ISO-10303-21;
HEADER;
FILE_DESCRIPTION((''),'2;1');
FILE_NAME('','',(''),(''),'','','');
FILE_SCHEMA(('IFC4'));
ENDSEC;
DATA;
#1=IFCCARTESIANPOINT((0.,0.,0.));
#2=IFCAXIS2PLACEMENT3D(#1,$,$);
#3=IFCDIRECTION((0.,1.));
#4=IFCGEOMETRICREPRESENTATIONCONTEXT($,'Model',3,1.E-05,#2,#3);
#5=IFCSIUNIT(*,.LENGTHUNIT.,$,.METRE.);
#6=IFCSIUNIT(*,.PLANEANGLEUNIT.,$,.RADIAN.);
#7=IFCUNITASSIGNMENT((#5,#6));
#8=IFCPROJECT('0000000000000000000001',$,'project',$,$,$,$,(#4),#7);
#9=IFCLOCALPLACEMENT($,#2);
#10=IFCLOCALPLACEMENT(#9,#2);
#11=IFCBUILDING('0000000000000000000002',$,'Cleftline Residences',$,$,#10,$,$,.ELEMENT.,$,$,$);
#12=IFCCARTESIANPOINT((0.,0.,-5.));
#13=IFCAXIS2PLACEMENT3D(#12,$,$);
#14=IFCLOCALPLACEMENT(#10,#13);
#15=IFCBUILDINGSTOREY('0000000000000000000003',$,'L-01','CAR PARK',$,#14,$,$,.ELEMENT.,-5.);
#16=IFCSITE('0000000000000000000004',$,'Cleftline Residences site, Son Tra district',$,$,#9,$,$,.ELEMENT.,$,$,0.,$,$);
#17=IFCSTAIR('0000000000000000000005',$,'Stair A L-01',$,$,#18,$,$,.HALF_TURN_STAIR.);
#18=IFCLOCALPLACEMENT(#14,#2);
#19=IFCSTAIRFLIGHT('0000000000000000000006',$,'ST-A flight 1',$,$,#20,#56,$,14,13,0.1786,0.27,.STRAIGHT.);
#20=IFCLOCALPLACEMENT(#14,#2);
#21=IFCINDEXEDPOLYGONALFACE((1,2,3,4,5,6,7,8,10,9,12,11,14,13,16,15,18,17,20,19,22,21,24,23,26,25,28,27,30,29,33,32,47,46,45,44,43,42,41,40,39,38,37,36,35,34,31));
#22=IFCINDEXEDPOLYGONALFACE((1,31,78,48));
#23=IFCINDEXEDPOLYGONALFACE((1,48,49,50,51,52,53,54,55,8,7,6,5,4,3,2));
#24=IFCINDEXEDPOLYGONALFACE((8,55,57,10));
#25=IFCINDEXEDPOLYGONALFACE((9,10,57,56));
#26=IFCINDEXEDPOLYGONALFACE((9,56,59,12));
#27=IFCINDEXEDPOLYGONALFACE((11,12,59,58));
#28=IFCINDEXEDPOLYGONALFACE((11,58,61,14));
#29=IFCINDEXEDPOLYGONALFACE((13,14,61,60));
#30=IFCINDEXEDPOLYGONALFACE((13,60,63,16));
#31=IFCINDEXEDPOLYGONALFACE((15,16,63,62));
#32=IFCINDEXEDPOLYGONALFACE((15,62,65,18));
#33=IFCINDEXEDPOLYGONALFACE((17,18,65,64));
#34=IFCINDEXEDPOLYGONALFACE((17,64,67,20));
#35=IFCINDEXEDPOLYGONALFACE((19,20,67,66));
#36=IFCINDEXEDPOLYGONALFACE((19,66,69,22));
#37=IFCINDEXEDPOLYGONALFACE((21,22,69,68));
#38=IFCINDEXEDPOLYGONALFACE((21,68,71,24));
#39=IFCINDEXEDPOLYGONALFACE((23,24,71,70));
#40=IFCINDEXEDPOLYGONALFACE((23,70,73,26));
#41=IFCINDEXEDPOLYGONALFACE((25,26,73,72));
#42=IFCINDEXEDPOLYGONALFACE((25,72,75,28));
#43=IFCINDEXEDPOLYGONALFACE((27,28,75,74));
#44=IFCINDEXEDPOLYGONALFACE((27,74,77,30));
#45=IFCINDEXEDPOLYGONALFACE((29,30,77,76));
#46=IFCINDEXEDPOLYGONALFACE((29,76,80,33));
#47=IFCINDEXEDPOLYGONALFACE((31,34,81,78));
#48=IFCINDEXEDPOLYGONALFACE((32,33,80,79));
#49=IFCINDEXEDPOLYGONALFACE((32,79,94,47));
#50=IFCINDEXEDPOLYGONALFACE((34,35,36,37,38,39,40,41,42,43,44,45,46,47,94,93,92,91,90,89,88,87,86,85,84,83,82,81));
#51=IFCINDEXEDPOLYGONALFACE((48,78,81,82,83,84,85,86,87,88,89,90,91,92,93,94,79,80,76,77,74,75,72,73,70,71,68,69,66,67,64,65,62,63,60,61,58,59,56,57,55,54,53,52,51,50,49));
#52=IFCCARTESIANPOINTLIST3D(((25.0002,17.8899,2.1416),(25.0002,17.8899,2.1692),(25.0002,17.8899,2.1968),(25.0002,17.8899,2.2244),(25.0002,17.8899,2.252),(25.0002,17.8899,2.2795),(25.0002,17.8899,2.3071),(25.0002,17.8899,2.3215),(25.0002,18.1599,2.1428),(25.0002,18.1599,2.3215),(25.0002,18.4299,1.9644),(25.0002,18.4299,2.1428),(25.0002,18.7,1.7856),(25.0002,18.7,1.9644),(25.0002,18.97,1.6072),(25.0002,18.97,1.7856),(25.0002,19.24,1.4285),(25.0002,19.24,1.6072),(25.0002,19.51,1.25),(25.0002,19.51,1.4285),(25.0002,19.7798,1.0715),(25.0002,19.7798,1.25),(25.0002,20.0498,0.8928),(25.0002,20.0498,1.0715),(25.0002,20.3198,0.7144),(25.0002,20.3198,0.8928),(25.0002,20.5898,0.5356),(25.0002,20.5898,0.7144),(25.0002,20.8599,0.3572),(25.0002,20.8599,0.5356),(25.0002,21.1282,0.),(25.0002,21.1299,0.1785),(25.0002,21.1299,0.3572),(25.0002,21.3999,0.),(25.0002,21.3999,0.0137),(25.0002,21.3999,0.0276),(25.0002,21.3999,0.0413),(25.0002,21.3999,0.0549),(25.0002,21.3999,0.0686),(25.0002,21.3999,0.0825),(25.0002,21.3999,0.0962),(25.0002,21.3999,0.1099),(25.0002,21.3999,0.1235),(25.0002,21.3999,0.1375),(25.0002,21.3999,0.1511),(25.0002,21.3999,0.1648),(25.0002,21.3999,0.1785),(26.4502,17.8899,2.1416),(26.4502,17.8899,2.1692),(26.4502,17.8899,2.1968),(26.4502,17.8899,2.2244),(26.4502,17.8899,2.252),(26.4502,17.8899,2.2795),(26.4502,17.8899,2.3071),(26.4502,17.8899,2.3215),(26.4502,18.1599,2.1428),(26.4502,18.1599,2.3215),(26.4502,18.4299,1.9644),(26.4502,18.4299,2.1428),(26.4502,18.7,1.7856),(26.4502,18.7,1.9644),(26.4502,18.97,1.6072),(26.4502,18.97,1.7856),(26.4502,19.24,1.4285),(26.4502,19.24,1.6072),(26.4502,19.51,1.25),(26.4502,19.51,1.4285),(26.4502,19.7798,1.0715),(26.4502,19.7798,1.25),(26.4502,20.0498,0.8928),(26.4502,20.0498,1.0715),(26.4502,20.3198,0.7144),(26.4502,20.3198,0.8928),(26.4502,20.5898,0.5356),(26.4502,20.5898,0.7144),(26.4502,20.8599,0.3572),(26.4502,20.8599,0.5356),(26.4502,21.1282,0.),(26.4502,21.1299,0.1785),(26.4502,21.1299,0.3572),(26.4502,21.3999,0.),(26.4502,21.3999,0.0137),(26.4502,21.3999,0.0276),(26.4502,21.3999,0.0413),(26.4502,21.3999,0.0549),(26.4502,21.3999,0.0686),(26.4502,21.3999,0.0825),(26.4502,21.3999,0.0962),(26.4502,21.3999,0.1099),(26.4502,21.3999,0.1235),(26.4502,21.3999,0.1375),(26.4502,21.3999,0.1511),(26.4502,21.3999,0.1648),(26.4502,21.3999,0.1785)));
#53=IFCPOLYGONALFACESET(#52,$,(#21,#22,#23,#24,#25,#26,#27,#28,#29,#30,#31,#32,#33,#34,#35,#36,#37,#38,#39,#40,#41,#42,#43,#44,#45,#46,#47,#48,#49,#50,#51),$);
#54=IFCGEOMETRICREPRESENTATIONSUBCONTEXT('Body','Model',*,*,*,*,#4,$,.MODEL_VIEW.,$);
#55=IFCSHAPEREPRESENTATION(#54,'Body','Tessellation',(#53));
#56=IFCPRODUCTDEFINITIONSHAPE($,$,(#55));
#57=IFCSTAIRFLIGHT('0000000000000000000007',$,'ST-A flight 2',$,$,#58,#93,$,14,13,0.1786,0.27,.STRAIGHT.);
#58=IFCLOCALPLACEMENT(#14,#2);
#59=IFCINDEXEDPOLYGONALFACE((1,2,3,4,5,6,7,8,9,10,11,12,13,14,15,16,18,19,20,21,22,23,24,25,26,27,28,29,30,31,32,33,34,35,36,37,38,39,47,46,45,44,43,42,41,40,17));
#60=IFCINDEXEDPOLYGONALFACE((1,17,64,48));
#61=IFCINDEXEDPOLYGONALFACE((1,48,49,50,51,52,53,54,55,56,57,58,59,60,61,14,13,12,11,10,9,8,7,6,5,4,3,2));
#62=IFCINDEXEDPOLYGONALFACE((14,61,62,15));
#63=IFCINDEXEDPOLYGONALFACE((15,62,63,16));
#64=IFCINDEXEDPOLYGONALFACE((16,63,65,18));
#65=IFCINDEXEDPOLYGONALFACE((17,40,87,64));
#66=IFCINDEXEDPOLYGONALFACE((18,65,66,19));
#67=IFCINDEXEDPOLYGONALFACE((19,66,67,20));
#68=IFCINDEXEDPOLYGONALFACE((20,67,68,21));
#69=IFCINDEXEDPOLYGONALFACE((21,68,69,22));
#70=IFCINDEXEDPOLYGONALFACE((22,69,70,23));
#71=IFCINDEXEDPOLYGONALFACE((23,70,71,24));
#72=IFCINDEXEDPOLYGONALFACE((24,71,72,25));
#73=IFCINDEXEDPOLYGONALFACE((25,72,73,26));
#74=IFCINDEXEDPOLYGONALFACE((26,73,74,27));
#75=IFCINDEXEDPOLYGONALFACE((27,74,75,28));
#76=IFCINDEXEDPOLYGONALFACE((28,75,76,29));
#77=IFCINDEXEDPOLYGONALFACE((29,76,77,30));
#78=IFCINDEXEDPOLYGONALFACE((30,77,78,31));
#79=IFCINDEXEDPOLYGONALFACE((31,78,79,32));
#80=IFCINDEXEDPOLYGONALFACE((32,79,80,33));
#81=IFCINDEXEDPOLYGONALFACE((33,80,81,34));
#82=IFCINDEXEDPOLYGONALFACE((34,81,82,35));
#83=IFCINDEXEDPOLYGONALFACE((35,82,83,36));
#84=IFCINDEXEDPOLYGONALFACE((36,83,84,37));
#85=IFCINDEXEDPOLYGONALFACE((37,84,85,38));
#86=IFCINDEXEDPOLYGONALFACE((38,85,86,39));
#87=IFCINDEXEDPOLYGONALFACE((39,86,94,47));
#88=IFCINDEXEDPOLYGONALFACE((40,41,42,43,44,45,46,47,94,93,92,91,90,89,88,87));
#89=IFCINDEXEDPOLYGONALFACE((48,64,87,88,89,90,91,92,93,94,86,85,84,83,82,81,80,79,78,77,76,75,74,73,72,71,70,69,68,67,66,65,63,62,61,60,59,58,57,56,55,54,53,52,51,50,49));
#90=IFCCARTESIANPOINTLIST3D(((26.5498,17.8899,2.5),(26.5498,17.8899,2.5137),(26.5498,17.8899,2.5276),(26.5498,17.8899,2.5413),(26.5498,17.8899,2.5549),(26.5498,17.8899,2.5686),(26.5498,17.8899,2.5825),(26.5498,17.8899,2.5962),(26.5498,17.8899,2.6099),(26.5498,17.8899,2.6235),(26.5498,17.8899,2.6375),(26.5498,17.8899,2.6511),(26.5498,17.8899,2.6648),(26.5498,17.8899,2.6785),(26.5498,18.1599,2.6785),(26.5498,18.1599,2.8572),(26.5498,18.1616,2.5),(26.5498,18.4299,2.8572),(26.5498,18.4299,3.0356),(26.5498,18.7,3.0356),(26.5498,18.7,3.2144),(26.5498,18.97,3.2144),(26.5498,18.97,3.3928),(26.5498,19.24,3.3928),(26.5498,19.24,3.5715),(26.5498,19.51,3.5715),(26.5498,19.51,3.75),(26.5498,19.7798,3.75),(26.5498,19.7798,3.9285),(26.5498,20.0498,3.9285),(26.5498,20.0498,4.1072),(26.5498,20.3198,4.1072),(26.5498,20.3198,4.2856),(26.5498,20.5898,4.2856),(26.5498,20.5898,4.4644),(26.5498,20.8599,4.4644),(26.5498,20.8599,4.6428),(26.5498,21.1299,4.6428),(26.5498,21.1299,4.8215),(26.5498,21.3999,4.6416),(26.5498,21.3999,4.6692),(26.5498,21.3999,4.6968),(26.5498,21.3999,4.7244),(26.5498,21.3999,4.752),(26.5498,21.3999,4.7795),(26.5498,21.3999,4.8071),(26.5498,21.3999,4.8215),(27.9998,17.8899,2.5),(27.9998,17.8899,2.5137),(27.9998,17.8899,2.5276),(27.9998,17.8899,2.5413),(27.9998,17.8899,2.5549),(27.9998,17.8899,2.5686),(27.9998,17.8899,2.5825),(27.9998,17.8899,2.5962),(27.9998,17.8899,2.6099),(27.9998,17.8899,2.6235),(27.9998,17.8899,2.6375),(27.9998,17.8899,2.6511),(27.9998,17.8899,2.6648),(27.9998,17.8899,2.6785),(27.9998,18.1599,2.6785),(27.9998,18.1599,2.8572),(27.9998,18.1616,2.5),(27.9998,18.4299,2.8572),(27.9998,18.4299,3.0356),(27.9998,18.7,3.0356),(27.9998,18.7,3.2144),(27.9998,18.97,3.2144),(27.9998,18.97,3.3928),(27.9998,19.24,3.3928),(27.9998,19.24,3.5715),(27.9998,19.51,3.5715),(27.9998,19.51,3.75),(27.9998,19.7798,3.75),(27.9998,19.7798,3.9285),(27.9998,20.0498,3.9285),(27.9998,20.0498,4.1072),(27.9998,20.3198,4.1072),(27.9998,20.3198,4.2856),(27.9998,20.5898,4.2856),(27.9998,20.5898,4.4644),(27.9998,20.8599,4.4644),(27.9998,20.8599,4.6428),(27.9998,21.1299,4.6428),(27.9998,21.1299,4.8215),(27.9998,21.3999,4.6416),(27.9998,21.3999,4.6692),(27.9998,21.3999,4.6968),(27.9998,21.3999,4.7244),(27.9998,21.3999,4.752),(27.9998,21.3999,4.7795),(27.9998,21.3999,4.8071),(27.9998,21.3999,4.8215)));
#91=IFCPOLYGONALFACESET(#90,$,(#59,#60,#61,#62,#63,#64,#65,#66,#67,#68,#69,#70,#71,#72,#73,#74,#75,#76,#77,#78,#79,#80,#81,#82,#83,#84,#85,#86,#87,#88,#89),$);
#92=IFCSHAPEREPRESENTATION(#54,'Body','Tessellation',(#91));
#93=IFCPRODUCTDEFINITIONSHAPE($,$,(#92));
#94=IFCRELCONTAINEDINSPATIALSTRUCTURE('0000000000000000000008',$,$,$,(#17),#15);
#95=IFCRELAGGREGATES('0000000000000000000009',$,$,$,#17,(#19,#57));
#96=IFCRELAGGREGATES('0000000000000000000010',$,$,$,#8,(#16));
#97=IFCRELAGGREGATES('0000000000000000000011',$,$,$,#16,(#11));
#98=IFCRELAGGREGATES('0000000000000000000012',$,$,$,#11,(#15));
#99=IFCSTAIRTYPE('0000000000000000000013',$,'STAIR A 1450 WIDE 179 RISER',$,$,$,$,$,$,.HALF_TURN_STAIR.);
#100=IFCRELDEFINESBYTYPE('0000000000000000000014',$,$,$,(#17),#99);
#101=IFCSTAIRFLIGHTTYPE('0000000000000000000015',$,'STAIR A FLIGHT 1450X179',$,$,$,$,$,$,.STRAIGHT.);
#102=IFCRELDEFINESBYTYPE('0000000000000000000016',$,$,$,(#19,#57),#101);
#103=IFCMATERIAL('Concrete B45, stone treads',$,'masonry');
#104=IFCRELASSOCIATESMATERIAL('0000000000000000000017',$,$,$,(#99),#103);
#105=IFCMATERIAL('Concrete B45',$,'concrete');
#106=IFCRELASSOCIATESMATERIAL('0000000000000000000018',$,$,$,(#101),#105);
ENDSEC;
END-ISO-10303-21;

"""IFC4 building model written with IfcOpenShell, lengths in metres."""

from ifc_helpers import new_model, si_unit, direction, frame, origin, place, context, subcontext, project, spatial, polyline, outline, extrude, material, type_object, element, aggregate, save


model = new_model("IFC4")

# Units and contexts
model_context = context("Model", 3, precision=1e-05, world=origin(), true_north=direction((0.0, 1.0)))
body_context = subcontext(model_context, "Body", "Model", "MODEL_VIEW")
ifc_project = project(units=[si_unit("LENGTHUNIT", "METRE"), si_unit("PLANEANGLEUNIT", "RADIAN")], contexts=[model_context])

# Site, building, storey
site_placement = place(None, origin())
site = spatial("IfcSite", under=ifc_project, at=site_placement, Name="Cleftline Residences site, Son Tra district", CompositionType="ELEMENT", RefElevation=0.0)
building_placement = place(site_placement, origin())
building = spatial("IfcBuilding", under=site, at=building_placement, Name="Cleftline Residences", CompositionType="ELEMENT")
storey_placement = place(building_placement, frame((0.0, 0.0, -5.0)))
storey = spatial("IfcBuildingStorey", under=building, at=storey_placement, Name="L-01", Description="CAR PARK", CompositionType="ELEMENT", Elevation=-5.0)

# Stair, stair flights
ifc_material_1 = material(Name="Concrete B45, stone treads", Category="masonry")
stair_type = type_object("IfcStairType", Name="STAIR A 1450 WIDE 179 RISER", PredefinedType="HALF_TURN_STAIR", material=ifc_material_1)
stair_placement = place(storey_placement, origin())
stair = element("IfcStair", 1, at=stair_placement, inside=storey, type_object=stair_type, Name="Stair A L-01", PredefinedType="HALF_TURN_STAIR")
ifc_material_2 = material(Name="Concrete B45", Category="concrete")
stair_flight_type = type_object("IfcStairFlightType", Name="STAIR A FLIGHT 1450X179", PredefinedType="STRAIGHT", material=ifc_material_2)
stair_flight_1_placement = place(storey_placement, frame((25.7251, 21.3999, 0.0), z_axis=(0.0, 0.0, 1.0), x_axis=(0.0, -1.0, 0.0)))
stair_flight_1 = element("IfcStairFlight", 2, at=stair_flight_1_placement, type_object=stair_flight_type, Name="ST-A flight 1", NumberOfRisers=14, NumberOfTreads=13, PredefinedType="STRAIGHT", RiserHeight=0.1786, TreadLength=0.27, context=body_context, shape_type="SweptSolid", body=[
    extrude(outline(polyline([(0.0, 0.0), (0.0, 0.0137), (0.0, 0.0276), (0.0, 0.0413), (0.0, 0.0549), (0.0, 0.0686), (0.0, 0.0825), (0.0, 0.0962), (0.0, 0.1099), (0.0, 0.1235), (0.0, 0.1375), (0.0, 0.1511), (0.0, 0.1648), (0.0, 0.1785), (0.27, 0.1785), (0.27, 0.3572), (0.54, 0.3572), (0.54, 0.5356), (0.8101, 0.5356), (0.8101, 0.7144), (1.0801, 0.7144), (1.0801, 0.8928), (1.3501, 0.8928), (1.3501, 1.0715), (1.6201, 1.0715), (1.6201, 1.25), (1.8899, 1.25), (1.8899, 1.4285), (2.1599, 1.4285), (2.1599, 1.6072), (2.4299, 1.6072), (2.4299, 1.7856), (2.7, 1.7856), (2.7, 1.9644), (2.97, 1.9644), (2.97, 2.1428), (3.24, 2.1428), (3.24, 2.3215), (3.51, 2.3215), (3.51, 2.5), (3.51, 2.4724), (3.51, 2.4448), (3.51, 2.4172), (3.51, 2.3896), (3.51, 2.3623), (3.51, 2.3347), (3.51, 2.3071), (3.51, 2.2795), (3.51, 2.252), (3.51, 2.2244), (3.51, 2.1968), (3.51, 2.1692), (3.51, 2.1416), (0.2717, 0.0), (0.0, 0.0)])), frame((0.0, 0.7251, 0.0), z_axis=(0.0, -1.0, 0.0), x_axis=(1.0, 0.0, 0.0)), (0.0, 0.0, 1.0), 1.45),
])
stair_flight_2_placement = place(storey_placement, frame((27.2749, 17.8899, 2.5), z_axis=(0.0, 0.0, 1.0), x_axis=(0.0, 1.0, 0.0)))
stair_flight_2 = element("IfcStairFlight", 3, at=stair_flight_2_placement, type_object=stair_flight_type, Name="ST-A flight 2", NumberOfRisers=14, NumberOfTreads=13, PredefinedType="STRAIGHT", RiserHeight=0.1786, TreadLength=0.27, context=body_context, shape_type="SweptSolid", body=[
    extrude(outline(polyline([(0.0, 0.0), (0.0, 0.0137), (0.0, 0.0276), (0.0, 0.0413), (0.0, 0.0549), (0.0, 0.0686), (0.0, 0.0825), (0.0, 0.0962), (0.0, 0.1099), (0.0, 0.1235), (0.0, 0.1375), (0.0, 0.1511), (0.0, 0.1648), (0.0, 0.1785), (0.27, 0.1785), (0.27, 0.3572), (0.54, 0.3572), (0.54, 0.5356), (0.8101, 0.5356), (0.8101, 0.7144), (1.0801, 0.7144), (1.0801, 0.8928), (1.3501, 0.8928), (1.3501, 1.0715), (1.6201, 1.0715), (1.6201, 1.25), (1.8899, 1.25), (1.8899, 1.4285), (2.1599, 1.4285), (2.1599, 1.6072), (2.4299, 1.6072), (2.4299, 1.7856), (2.7, 1.7856), (2.7, 1.9644), (2.97, 1.9644), (2.97, 2.1428), (3.24, 2.1428), (3.24, 2.3215), (3.51, 2.3215), (3.51, 2.5), (3.51, 2.4724), (3.51, 2.4448), (3.51, 2.4172), (3.51, 2.3896), (3.51, 2.3623), (3.51, 2.3347), (3.51, 2.3071), (3.51, 2.2795), (3.51, 2.252), (3.51, 2.2244), (3.51, 2.1968), (3.51, 2.1692), (3.51, 2.1416), (0.2717, 0.0), (0.0, 0.0)])), frame((0.0, 0.7251, 0.0), z_axis=(0.0, -1.0, 0.0), x_axis=(1.0, 0.0, 0.0)), (0.0, 0.0, 1.0), 1.45),
])
aggregate(stair, [stair_flight_1, stair_flight_2])

save(model, "model.ifc")
